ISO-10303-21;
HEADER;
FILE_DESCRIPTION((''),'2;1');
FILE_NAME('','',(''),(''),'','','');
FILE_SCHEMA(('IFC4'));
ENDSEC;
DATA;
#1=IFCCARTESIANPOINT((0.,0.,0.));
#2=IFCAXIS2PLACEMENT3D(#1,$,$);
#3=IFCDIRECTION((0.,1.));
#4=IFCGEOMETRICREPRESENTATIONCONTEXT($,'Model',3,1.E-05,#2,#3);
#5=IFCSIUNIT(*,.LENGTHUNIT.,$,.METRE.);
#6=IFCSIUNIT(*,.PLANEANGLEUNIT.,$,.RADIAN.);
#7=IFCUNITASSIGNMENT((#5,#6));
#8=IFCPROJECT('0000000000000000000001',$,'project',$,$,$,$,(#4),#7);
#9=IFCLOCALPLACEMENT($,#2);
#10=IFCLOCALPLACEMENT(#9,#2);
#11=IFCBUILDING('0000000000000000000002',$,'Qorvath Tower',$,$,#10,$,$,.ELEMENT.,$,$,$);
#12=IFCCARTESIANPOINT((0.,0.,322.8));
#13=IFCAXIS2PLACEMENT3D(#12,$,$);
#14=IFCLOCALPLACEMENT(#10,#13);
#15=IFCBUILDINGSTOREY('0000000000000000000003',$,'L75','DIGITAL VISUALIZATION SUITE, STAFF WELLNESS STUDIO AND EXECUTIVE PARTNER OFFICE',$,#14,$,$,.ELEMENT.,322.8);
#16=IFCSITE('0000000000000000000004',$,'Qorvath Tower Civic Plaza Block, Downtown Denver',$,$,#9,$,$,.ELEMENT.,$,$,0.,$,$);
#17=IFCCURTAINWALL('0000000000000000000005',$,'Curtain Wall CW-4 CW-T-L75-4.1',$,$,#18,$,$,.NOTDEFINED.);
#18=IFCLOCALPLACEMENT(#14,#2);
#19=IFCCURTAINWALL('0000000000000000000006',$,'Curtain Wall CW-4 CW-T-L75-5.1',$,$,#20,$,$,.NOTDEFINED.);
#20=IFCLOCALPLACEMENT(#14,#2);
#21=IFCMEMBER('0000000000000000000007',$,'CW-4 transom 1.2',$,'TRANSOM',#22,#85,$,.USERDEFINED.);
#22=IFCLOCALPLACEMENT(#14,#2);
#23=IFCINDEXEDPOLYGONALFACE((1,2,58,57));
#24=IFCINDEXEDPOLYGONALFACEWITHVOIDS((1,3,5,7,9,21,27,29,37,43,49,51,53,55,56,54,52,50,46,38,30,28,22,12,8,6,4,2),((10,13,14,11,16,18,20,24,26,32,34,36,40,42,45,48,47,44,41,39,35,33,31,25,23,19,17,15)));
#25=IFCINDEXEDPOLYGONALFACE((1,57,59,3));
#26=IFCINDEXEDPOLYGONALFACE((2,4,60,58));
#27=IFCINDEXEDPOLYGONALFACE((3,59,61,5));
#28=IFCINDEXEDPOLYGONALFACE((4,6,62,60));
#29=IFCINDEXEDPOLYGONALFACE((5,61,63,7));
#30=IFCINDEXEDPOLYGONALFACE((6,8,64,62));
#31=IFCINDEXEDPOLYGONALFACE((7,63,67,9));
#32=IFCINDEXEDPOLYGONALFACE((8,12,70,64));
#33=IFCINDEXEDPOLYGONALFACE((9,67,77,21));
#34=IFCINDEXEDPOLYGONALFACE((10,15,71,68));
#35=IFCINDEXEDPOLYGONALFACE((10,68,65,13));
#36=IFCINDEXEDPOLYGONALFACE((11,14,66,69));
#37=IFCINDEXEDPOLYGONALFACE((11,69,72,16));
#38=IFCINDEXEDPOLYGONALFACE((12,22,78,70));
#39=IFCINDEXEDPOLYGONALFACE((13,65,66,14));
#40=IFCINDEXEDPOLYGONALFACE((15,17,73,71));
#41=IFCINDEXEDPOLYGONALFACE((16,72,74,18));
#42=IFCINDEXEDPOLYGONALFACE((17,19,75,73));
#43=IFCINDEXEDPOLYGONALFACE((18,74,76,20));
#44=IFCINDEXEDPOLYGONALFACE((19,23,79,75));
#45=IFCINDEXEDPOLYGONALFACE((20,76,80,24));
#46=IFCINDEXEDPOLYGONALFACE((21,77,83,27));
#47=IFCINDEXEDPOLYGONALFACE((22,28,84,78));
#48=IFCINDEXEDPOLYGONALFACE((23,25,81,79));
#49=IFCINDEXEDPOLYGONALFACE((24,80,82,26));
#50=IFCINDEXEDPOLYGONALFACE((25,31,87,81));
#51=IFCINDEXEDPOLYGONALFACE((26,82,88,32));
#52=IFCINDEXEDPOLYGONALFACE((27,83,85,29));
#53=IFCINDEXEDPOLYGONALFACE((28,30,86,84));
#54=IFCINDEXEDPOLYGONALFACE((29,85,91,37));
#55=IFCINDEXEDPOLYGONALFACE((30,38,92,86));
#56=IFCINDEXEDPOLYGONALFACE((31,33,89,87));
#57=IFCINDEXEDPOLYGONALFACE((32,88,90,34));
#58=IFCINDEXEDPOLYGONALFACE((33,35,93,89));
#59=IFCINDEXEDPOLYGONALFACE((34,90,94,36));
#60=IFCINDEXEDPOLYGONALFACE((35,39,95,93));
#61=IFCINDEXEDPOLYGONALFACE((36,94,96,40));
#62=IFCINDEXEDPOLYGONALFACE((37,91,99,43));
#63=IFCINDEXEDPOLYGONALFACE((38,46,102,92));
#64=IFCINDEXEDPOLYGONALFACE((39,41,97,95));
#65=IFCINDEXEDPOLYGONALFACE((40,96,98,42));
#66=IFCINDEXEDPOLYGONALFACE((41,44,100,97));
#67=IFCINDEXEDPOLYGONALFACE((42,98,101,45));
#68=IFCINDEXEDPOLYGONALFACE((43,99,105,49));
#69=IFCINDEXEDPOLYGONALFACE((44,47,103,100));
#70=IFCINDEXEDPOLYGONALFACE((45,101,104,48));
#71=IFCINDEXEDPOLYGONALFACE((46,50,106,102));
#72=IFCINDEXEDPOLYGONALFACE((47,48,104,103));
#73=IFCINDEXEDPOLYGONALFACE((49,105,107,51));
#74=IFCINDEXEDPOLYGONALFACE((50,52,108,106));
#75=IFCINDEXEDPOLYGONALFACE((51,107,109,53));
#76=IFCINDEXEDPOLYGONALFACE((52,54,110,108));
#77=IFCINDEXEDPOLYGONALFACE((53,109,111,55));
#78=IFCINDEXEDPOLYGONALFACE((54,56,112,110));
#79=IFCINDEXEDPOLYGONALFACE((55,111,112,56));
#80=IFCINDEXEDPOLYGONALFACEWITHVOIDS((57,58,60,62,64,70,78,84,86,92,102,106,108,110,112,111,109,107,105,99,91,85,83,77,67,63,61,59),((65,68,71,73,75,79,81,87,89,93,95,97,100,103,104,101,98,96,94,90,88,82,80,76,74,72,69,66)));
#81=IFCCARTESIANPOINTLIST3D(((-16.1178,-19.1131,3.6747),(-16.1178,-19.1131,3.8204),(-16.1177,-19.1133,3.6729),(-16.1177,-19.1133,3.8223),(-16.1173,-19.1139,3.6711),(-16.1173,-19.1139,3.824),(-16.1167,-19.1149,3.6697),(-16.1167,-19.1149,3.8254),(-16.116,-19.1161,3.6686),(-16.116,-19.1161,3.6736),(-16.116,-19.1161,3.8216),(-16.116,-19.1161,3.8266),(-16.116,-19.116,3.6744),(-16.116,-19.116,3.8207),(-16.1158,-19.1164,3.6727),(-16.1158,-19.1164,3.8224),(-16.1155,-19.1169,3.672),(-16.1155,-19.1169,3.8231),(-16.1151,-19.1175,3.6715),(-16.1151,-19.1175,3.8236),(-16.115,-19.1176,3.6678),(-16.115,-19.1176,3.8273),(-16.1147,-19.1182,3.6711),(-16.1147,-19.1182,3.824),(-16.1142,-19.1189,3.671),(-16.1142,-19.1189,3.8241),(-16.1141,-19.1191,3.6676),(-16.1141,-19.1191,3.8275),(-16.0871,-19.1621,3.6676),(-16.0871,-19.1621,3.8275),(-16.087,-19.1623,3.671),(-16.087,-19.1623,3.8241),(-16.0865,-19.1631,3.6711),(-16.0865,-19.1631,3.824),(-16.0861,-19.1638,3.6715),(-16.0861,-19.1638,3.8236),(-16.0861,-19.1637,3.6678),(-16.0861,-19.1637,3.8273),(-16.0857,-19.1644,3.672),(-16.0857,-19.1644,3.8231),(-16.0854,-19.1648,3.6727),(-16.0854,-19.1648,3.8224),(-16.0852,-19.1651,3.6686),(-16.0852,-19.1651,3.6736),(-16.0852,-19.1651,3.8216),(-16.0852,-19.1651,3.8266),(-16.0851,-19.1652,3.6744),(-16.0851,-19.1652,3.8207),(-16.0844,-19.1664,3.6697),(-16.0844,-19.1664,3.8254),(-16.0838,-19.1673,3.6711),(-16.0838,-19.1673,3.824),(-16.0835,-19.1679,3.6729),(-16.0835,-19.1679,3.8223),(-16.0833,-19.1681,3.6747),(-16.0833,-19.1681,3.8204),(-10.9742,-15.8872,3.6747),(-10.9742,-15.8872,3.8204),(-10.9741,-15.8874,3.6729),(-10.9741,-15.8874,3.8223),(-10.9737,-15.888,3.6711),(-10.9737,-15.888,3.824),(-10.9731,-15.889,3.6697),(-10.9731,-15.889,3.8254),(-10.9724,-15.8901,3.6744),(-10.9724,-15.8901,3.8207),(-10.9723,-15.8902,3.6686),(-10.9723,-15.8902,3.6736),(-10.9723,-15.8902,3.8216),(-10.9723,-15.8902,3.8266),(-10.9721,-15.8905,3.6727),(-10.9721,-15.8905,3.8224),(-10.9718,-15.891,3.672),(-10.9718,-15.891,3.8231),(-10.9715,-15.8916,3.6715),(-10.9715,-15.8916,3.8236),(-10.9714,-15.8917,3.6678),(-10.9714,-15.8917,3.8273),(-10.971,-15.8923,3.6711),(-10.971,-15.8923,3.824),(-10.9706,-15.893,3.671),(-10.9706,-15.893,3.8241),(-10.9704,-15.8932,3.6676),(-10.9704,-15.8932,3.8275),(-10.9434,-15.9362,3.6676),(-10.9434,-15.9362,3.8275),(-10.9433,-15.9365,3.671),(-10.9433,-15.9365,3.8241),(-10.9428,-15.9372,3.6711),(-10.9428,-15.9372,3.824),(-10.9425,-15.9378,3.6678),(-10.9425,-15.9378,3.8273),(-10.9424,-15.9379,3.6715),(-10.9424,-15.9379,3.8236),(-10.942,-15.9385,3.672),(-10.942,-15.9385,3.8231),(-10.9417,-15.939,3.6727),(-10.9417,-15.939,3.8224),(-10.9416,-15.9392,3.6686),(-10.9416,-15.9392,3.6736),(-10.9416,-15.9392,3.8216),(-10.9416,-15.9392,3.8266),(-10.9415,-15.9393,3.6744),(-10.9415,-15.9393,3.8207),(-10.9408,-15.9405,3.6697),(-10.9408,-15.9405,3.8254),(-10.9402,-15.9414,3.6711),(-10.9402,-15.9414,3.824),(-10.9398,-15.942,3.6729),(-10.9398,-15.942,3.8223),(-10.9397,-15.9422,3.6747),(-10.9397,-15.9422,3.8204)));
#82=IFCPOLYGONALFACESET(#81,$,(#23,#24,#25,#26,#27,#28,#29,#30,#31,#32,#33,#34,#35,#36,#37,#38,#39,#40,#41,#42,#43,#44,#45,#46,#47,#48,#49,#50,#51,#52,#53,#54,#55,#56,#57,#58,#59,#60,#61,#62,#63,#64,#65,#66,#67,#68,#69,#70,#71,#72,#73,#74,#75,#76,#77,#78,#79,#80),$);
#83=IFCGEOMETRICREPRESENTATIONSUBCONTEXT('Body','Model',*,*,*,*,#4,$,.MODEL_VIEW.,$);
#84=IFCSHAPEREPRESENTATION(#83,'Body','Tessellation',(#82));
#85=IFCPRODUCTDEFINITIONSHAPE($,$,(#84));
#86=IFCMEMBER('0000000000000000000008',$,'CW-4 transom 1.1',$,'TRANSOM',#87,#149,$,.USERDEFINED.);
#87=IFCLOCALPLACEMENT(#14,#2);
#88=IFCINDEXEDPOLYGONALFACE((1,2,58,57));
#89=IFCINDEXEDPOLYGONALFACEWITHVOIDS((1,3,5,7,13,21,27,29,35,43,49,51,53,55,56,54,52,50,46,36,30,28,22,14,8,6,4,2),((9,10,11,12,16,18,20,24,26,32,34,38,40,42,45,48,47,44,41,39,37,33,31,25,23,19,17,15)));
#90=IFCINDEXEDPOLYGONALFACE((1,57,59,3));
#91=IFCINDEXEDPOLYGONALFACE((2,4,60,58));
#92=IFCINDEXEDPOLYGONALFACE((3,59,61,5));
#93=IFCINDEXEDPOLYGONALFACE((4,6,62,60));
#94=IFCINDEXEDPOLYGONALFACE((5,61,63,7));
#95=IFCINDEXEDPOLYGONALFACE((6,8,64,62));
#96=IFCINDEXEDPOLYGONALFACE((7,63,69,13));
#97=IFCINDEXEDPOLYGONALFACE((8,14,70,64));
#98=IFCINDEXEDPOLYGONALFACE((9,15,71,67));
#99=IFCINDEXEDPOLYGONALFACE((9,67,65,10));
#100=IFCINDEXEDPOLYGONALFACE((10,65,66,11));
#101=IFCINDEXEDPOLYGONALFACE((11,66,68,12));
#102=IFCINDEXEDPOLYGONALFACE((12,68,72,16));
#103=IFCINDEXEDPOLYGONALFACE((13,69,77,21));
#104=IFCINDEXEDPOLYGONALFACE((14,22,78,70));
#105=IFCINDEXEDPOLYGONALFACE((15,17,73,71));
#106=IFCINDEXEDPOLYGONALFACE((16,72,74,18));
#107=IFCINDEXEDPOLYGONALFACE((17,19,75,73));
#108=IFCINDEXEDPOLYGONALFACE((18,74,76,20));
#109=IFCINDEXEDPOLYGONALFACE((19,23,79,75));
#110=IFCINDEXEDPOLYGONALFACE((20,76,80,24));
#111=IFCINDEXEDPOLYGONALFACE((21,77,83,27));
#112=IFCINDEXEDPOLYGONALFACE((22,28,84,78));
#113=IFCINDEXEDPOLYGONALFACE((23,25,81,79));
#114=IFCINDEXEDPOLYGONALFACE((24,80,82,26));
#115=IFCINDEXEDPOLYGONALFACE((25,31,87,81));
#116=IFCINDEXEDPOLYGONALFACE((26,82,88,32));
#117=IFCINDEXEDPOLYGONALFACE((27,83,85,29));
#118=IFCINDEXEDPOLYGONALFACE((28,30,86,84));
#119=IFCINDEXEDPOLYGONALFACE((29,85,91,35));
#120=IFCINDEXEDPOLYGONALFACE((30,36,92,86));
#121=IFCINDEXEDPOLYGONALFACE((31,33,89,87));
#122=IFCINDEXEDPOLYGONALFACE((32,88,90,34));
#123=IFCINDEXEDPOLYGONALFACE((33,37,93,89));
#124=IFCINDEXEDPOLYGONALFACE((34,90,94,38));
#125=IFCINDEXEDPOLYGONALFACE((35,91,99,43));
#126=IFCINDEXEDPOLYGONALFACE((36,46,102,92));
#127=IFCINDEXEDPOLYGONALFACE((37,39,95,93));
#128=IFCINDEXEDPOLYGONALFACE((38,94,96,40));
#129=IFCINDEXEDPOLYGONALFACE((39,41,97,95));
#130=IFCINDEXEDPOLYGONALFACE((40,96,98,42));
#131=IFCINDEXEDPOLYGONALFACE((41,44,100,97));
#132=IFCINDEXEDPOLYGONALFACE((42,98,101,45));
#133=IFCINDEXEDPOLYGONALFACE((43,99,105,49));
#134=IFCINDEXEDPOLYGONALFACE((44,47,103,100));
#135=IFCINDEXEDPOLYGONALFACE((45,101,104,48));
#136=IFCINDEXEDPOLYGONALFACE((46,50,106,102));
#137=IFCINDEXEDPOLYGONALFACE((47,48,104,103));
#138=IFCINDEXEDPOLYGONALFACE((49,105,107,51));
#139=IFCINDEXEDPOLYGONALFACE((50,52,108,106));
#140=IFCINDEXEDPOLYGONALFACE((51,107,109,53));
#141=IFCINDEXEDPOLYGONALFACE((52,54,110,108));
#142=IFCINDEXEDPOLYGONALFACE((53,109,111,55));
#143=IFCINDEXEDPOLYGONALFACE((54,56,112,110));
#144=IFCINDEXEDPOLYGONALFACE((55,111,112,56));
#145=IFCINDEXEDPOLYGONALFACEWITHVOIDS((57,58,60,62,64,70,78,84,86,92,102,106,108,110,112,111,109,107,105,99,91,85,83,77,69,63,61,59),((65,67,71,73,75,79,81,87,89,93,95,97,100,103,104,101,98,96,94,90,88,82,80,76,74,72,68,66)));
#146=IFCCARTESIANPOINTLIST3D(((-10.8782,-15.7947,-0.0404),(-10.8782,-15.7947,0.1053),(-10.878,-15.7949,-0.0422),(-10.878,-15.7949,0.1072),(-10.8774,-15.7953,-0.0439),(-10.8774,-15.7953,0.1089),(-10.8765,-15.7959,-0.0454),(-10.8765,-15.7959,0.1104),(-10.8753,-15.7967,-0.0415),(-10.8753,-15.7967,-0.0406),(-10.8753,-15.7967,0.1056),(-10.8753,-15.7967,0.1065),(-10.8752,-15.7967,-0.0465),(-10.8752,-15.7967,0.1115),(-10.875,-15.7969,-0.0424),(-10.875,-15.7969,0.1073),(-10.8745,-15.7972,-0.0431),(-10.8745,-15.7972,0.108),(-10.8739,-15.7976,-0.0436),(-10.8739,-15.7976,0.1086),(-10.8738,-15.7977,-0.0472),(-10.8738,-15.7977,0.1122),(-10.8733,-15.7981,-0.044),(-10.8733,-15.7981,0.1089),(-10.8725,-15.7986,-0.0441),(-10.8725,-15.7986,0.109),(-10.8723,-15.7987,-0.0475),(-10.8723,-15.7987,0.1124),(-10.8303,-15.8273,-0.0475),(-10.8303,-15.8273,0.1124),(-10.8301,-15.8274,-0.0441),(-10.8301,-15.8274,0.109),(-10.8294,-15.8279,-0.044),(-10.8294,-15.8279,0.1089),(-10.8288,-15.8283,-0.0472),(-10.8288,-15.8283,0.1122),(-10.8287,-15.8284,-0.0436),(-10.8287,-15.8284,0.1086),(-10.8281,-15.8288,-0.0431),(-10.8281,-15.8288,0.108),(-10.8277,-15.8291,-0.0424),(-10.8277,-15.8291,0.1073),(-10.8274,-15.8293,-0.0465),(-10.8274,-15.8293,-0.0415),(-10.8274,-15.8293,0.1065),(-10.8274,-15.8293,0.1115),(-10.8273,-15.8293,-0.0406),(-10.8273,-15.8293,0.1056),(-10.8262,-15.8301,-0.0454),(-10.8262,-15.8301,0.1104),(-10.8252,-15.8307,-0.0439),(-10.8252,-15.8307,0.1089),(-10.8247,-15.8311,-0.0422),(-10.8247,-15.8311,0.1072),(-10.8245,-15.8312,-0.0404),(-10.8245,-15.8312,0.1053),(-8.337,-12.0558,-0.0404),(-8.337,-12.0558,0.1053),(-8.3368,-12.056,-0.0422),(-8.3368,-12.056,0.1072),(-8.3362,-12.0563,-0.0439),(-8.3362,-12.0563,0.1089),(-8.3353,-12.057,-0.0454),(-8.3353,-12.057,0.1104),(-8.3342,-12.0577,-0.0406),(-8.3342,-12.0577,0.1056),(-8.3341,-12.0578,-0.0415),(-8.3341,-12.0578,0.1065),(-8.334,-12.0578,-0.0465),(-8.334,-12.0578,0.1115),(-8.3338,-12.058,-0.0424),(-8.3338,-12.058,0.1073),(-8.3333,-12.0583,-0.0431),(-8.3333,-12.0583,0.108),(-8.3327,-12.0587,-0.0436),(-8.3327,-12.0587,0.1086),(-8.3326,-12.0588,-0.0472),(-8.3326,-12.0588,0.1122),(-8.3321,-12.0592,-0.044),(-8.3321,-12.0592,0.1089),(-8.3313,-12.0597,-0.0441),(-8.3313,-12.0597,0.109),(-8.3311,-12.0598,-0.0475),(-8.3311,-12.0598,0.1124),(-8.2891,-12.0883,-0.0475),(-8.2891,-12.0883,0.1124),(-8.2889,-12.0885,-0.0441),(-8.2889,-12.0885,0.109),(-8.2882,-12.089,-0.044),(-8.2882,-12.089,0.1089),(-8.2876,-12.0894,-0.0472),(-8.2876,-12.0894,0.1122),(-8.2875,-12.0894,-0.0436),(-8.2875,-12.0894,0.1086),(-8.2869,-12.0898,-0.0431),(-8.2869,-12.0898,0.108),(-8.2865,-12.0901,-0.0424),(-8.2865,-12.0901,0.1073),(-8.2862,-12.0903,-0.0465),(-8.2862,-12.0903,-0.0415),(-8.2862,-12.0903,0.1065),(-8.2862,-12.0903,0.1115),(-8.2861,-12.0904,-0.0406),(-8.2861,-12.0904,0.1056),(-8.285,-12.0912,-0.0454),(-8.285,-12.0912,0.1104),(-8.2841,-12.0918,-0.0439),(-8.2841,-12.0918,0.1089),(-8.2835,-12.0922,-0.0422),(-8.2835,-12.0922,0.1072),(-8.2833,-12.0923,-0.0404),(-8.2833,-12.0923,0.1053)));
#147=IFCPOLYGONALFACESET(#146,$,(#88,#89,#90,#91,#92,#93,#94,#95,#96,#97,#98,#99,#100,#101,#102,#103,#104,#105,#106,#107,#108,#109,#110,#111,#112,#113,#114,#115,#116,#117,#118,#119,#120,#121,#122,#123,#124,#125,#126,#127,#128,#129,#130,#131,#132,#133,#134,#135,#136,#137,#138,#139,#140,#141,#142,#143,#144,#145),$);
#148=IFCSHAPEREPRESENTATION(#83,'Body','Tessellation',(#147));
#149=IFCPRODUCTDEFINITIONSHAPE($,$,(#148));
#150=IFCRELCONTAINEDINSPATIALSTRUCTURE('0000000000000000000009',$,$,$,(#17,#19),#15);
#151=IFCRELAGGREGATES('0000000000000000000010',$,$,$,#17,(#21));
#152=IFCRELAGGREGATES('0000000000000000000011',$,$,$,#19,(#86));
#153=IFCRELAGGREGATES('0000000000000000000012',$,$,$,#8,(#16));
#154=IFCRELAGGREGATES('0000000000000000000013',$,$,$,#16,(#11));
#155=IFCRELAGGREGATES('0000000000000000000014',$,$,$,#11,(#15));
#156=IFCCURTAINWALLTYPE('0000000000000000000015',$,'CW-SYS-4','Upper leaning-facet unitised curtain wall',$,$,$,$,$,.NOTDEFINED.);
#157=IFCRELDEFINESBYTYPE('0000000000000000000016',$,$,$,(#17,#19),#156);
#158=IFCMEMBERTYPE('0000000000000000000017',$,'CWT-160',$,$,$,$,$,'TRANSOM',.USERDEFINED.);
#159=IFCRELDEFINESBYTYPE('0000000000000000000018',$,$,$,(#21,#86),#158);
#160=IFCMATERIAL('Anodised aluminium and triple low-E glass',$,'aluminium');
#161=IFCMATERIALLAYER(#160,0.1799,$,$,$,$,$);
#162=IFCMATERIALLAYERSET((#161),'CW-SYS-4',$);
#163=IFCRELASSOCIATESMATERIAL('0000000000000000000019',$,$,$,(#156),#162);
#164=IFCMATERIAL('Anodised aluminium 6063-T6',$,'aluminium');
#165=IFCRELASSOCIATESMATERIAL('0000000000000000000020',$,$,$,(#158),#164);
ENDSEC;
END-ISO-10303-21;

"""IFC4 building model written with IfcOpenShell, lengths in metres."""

from ifc_helpers import new_model, si_unit, direction, frame, origin, origin_2d, place, context, subcontext, project, spatial, hollow_rectangle, extrude, material, layer, layer_set, material_profile, profile_set, type_object, element, aggregate, save


model = new_model("IFC4")

# Units and contexts
model_context = context("Model", 3, precision=1e-05, world=origin(), true_north=direction((0.0, 1.0)))
body_context = subcontext(model_context, "Body", "Model", "MODEL_VIEW")
ifc_project = project(units=[si_unit("LENGTHUNIT", "METRE"), si_unit("PLANEANGLEUNIT", "RADIAN")], contexts=[model_context])

# Site, building, storey
site_placement = place(None, origin())
site = spatial("IfcSite", under=ifc_project, at=site_placement, Name="Qorvath Tower Civic Plaza Block, Downtown Denver", CompositionType="ELEMENT", RefElevation=0.0)
building_placement = place(site_placement, origin())
building = spatial("IfcBuilding", under=site, at=building_placement, Name="Qorvath Tower", CompositionType="ELEMENT")
storey_placement = place(building_placement, frame((0.0, 0.0, 322.8)))
storey = spatial("IfcBuildingStorey", under=building, at=storey_placement, Name="L75", Description="DIGITAL VISUALIZATION SUITE, STAFF WELLNESS STUDIO AND EXECUTIVE PARTNER OFFICE", CompositionType="ELEMENT", Elevation=322.8)

# Shared definitions
ifc_material_1 = material(Name="Anodised aluminium and triple low-E glass", Category="aluminium")
ifc_layer_1 = layer(ifc_material_1, 0.1799)
ifc_layer_set_1 = layer_set([ifc_layer_1], Name="CW-SYS-4")
curtain_wall_type = type_object("IfcCurtainWallType", Name="CW-SYS-4", Description="Upper leaning-facet unitised curtain wall", PredefinedType="NOTDEFINED", material=ifc_layer_set_1)

# Curtain walls
curtain_wall_1_placement = place(storey_placement, origin())
curtain_wall_1 = element("IfcCurtainWall", 1, at=curtain_wall_1_placement, inside=storey, type_object=curtain_wall_type, Name="Curtain Wall CW-4 CW-T-L75-4.1", PredefinedType="NOTDEFINED")
curtain_wall_2_placement = place(storey_placement, origin())
curtain_wall_2 = element("IfcCurtainWall", 2, at=curtain_wall_2_placement, inside=storey, type_object=curtain_wall_type, Name="Curtain Wall CW-4 CW-T-L75-5.1", PredefinedType="NOTDEFINED")

# Members
ifc_material_2 = material(Name="Anodised aluminium 6063-T6", Category="aluminium")
ifc_material_profile_1 = material_profile(ifc_material_2, hollow_rectangle(XDim=0.0649, YDim=0.1599, WallThickness=0.0034, InnerFilletRadius=0.0034, OuterFilletRadius=0.0071, at=origin_2d()), Name="CWT 160x65")
ifc_profile_set_1 = profile_set([ifc_material_profile_1], Name="Anodised aluminium 6063-T6")
member_type_1 = type_object("IfcMemberType", Name="CWT-160", ElementType="TRANSOM", PredefinedType="USERDEFINED", material=ifc_profile_set_1)
member_1_placement = place(storey_placement, frame((-16.1006, -19.1406, 3.7476), z_axis=(0.847175, 0.531314, 0.0), x_axis=(-0.531314, 0.847175, 0.0)))
member_1 = element("IfcMember", 3, at=member_1_placement, type_object=member_type_1, Name="CW-4 transom 1.2", ObjectType="TRANSOM", PredefinedType="USERDEFINED", context=body_context, shape_type="SweptSolid", body=[
    extrude(hollow_rectangle(XDim=0.0649, YDim=0.1599, WallThickness=0.0034, InnerFilletRadius=0.0034, OuterFilletRadius=0.0071, at=origin_2d()), origin(), (0.0, 0.0, 1.0), 6.0715),
])
member_2_placement = place(storey_placement, frame((-10.8513, -15.813, 0.0325), z_axis=(0.562118, 0.827057, 0.0), x_axis=(-0.827057, 0.562118, 0.0)))
member_2 = element("IfcMember", 4, at=member_2_placement, type_object=member_type_1, Name="CW-4 transom 1.1", ObjectType="TRANSOM", PredefinedType="USERDEFINED", context=body_context, shape_type="SweptSolid", body=[
    extrude(hollow_rectangle(XDim=0.0649, YDim=0.1599, WallThickness=0.0034, InnerFilletRadius=0.0034, OuterFilletRadius=0.0071, at=origin_2d()), origin(), (0.0, 0.0, 1.0), 4.5208),
])

aggregate(curtain_wall_1, [member_1])
aggregate(curtain_wall_2, [member_2])

save(model, "model.ifc")
